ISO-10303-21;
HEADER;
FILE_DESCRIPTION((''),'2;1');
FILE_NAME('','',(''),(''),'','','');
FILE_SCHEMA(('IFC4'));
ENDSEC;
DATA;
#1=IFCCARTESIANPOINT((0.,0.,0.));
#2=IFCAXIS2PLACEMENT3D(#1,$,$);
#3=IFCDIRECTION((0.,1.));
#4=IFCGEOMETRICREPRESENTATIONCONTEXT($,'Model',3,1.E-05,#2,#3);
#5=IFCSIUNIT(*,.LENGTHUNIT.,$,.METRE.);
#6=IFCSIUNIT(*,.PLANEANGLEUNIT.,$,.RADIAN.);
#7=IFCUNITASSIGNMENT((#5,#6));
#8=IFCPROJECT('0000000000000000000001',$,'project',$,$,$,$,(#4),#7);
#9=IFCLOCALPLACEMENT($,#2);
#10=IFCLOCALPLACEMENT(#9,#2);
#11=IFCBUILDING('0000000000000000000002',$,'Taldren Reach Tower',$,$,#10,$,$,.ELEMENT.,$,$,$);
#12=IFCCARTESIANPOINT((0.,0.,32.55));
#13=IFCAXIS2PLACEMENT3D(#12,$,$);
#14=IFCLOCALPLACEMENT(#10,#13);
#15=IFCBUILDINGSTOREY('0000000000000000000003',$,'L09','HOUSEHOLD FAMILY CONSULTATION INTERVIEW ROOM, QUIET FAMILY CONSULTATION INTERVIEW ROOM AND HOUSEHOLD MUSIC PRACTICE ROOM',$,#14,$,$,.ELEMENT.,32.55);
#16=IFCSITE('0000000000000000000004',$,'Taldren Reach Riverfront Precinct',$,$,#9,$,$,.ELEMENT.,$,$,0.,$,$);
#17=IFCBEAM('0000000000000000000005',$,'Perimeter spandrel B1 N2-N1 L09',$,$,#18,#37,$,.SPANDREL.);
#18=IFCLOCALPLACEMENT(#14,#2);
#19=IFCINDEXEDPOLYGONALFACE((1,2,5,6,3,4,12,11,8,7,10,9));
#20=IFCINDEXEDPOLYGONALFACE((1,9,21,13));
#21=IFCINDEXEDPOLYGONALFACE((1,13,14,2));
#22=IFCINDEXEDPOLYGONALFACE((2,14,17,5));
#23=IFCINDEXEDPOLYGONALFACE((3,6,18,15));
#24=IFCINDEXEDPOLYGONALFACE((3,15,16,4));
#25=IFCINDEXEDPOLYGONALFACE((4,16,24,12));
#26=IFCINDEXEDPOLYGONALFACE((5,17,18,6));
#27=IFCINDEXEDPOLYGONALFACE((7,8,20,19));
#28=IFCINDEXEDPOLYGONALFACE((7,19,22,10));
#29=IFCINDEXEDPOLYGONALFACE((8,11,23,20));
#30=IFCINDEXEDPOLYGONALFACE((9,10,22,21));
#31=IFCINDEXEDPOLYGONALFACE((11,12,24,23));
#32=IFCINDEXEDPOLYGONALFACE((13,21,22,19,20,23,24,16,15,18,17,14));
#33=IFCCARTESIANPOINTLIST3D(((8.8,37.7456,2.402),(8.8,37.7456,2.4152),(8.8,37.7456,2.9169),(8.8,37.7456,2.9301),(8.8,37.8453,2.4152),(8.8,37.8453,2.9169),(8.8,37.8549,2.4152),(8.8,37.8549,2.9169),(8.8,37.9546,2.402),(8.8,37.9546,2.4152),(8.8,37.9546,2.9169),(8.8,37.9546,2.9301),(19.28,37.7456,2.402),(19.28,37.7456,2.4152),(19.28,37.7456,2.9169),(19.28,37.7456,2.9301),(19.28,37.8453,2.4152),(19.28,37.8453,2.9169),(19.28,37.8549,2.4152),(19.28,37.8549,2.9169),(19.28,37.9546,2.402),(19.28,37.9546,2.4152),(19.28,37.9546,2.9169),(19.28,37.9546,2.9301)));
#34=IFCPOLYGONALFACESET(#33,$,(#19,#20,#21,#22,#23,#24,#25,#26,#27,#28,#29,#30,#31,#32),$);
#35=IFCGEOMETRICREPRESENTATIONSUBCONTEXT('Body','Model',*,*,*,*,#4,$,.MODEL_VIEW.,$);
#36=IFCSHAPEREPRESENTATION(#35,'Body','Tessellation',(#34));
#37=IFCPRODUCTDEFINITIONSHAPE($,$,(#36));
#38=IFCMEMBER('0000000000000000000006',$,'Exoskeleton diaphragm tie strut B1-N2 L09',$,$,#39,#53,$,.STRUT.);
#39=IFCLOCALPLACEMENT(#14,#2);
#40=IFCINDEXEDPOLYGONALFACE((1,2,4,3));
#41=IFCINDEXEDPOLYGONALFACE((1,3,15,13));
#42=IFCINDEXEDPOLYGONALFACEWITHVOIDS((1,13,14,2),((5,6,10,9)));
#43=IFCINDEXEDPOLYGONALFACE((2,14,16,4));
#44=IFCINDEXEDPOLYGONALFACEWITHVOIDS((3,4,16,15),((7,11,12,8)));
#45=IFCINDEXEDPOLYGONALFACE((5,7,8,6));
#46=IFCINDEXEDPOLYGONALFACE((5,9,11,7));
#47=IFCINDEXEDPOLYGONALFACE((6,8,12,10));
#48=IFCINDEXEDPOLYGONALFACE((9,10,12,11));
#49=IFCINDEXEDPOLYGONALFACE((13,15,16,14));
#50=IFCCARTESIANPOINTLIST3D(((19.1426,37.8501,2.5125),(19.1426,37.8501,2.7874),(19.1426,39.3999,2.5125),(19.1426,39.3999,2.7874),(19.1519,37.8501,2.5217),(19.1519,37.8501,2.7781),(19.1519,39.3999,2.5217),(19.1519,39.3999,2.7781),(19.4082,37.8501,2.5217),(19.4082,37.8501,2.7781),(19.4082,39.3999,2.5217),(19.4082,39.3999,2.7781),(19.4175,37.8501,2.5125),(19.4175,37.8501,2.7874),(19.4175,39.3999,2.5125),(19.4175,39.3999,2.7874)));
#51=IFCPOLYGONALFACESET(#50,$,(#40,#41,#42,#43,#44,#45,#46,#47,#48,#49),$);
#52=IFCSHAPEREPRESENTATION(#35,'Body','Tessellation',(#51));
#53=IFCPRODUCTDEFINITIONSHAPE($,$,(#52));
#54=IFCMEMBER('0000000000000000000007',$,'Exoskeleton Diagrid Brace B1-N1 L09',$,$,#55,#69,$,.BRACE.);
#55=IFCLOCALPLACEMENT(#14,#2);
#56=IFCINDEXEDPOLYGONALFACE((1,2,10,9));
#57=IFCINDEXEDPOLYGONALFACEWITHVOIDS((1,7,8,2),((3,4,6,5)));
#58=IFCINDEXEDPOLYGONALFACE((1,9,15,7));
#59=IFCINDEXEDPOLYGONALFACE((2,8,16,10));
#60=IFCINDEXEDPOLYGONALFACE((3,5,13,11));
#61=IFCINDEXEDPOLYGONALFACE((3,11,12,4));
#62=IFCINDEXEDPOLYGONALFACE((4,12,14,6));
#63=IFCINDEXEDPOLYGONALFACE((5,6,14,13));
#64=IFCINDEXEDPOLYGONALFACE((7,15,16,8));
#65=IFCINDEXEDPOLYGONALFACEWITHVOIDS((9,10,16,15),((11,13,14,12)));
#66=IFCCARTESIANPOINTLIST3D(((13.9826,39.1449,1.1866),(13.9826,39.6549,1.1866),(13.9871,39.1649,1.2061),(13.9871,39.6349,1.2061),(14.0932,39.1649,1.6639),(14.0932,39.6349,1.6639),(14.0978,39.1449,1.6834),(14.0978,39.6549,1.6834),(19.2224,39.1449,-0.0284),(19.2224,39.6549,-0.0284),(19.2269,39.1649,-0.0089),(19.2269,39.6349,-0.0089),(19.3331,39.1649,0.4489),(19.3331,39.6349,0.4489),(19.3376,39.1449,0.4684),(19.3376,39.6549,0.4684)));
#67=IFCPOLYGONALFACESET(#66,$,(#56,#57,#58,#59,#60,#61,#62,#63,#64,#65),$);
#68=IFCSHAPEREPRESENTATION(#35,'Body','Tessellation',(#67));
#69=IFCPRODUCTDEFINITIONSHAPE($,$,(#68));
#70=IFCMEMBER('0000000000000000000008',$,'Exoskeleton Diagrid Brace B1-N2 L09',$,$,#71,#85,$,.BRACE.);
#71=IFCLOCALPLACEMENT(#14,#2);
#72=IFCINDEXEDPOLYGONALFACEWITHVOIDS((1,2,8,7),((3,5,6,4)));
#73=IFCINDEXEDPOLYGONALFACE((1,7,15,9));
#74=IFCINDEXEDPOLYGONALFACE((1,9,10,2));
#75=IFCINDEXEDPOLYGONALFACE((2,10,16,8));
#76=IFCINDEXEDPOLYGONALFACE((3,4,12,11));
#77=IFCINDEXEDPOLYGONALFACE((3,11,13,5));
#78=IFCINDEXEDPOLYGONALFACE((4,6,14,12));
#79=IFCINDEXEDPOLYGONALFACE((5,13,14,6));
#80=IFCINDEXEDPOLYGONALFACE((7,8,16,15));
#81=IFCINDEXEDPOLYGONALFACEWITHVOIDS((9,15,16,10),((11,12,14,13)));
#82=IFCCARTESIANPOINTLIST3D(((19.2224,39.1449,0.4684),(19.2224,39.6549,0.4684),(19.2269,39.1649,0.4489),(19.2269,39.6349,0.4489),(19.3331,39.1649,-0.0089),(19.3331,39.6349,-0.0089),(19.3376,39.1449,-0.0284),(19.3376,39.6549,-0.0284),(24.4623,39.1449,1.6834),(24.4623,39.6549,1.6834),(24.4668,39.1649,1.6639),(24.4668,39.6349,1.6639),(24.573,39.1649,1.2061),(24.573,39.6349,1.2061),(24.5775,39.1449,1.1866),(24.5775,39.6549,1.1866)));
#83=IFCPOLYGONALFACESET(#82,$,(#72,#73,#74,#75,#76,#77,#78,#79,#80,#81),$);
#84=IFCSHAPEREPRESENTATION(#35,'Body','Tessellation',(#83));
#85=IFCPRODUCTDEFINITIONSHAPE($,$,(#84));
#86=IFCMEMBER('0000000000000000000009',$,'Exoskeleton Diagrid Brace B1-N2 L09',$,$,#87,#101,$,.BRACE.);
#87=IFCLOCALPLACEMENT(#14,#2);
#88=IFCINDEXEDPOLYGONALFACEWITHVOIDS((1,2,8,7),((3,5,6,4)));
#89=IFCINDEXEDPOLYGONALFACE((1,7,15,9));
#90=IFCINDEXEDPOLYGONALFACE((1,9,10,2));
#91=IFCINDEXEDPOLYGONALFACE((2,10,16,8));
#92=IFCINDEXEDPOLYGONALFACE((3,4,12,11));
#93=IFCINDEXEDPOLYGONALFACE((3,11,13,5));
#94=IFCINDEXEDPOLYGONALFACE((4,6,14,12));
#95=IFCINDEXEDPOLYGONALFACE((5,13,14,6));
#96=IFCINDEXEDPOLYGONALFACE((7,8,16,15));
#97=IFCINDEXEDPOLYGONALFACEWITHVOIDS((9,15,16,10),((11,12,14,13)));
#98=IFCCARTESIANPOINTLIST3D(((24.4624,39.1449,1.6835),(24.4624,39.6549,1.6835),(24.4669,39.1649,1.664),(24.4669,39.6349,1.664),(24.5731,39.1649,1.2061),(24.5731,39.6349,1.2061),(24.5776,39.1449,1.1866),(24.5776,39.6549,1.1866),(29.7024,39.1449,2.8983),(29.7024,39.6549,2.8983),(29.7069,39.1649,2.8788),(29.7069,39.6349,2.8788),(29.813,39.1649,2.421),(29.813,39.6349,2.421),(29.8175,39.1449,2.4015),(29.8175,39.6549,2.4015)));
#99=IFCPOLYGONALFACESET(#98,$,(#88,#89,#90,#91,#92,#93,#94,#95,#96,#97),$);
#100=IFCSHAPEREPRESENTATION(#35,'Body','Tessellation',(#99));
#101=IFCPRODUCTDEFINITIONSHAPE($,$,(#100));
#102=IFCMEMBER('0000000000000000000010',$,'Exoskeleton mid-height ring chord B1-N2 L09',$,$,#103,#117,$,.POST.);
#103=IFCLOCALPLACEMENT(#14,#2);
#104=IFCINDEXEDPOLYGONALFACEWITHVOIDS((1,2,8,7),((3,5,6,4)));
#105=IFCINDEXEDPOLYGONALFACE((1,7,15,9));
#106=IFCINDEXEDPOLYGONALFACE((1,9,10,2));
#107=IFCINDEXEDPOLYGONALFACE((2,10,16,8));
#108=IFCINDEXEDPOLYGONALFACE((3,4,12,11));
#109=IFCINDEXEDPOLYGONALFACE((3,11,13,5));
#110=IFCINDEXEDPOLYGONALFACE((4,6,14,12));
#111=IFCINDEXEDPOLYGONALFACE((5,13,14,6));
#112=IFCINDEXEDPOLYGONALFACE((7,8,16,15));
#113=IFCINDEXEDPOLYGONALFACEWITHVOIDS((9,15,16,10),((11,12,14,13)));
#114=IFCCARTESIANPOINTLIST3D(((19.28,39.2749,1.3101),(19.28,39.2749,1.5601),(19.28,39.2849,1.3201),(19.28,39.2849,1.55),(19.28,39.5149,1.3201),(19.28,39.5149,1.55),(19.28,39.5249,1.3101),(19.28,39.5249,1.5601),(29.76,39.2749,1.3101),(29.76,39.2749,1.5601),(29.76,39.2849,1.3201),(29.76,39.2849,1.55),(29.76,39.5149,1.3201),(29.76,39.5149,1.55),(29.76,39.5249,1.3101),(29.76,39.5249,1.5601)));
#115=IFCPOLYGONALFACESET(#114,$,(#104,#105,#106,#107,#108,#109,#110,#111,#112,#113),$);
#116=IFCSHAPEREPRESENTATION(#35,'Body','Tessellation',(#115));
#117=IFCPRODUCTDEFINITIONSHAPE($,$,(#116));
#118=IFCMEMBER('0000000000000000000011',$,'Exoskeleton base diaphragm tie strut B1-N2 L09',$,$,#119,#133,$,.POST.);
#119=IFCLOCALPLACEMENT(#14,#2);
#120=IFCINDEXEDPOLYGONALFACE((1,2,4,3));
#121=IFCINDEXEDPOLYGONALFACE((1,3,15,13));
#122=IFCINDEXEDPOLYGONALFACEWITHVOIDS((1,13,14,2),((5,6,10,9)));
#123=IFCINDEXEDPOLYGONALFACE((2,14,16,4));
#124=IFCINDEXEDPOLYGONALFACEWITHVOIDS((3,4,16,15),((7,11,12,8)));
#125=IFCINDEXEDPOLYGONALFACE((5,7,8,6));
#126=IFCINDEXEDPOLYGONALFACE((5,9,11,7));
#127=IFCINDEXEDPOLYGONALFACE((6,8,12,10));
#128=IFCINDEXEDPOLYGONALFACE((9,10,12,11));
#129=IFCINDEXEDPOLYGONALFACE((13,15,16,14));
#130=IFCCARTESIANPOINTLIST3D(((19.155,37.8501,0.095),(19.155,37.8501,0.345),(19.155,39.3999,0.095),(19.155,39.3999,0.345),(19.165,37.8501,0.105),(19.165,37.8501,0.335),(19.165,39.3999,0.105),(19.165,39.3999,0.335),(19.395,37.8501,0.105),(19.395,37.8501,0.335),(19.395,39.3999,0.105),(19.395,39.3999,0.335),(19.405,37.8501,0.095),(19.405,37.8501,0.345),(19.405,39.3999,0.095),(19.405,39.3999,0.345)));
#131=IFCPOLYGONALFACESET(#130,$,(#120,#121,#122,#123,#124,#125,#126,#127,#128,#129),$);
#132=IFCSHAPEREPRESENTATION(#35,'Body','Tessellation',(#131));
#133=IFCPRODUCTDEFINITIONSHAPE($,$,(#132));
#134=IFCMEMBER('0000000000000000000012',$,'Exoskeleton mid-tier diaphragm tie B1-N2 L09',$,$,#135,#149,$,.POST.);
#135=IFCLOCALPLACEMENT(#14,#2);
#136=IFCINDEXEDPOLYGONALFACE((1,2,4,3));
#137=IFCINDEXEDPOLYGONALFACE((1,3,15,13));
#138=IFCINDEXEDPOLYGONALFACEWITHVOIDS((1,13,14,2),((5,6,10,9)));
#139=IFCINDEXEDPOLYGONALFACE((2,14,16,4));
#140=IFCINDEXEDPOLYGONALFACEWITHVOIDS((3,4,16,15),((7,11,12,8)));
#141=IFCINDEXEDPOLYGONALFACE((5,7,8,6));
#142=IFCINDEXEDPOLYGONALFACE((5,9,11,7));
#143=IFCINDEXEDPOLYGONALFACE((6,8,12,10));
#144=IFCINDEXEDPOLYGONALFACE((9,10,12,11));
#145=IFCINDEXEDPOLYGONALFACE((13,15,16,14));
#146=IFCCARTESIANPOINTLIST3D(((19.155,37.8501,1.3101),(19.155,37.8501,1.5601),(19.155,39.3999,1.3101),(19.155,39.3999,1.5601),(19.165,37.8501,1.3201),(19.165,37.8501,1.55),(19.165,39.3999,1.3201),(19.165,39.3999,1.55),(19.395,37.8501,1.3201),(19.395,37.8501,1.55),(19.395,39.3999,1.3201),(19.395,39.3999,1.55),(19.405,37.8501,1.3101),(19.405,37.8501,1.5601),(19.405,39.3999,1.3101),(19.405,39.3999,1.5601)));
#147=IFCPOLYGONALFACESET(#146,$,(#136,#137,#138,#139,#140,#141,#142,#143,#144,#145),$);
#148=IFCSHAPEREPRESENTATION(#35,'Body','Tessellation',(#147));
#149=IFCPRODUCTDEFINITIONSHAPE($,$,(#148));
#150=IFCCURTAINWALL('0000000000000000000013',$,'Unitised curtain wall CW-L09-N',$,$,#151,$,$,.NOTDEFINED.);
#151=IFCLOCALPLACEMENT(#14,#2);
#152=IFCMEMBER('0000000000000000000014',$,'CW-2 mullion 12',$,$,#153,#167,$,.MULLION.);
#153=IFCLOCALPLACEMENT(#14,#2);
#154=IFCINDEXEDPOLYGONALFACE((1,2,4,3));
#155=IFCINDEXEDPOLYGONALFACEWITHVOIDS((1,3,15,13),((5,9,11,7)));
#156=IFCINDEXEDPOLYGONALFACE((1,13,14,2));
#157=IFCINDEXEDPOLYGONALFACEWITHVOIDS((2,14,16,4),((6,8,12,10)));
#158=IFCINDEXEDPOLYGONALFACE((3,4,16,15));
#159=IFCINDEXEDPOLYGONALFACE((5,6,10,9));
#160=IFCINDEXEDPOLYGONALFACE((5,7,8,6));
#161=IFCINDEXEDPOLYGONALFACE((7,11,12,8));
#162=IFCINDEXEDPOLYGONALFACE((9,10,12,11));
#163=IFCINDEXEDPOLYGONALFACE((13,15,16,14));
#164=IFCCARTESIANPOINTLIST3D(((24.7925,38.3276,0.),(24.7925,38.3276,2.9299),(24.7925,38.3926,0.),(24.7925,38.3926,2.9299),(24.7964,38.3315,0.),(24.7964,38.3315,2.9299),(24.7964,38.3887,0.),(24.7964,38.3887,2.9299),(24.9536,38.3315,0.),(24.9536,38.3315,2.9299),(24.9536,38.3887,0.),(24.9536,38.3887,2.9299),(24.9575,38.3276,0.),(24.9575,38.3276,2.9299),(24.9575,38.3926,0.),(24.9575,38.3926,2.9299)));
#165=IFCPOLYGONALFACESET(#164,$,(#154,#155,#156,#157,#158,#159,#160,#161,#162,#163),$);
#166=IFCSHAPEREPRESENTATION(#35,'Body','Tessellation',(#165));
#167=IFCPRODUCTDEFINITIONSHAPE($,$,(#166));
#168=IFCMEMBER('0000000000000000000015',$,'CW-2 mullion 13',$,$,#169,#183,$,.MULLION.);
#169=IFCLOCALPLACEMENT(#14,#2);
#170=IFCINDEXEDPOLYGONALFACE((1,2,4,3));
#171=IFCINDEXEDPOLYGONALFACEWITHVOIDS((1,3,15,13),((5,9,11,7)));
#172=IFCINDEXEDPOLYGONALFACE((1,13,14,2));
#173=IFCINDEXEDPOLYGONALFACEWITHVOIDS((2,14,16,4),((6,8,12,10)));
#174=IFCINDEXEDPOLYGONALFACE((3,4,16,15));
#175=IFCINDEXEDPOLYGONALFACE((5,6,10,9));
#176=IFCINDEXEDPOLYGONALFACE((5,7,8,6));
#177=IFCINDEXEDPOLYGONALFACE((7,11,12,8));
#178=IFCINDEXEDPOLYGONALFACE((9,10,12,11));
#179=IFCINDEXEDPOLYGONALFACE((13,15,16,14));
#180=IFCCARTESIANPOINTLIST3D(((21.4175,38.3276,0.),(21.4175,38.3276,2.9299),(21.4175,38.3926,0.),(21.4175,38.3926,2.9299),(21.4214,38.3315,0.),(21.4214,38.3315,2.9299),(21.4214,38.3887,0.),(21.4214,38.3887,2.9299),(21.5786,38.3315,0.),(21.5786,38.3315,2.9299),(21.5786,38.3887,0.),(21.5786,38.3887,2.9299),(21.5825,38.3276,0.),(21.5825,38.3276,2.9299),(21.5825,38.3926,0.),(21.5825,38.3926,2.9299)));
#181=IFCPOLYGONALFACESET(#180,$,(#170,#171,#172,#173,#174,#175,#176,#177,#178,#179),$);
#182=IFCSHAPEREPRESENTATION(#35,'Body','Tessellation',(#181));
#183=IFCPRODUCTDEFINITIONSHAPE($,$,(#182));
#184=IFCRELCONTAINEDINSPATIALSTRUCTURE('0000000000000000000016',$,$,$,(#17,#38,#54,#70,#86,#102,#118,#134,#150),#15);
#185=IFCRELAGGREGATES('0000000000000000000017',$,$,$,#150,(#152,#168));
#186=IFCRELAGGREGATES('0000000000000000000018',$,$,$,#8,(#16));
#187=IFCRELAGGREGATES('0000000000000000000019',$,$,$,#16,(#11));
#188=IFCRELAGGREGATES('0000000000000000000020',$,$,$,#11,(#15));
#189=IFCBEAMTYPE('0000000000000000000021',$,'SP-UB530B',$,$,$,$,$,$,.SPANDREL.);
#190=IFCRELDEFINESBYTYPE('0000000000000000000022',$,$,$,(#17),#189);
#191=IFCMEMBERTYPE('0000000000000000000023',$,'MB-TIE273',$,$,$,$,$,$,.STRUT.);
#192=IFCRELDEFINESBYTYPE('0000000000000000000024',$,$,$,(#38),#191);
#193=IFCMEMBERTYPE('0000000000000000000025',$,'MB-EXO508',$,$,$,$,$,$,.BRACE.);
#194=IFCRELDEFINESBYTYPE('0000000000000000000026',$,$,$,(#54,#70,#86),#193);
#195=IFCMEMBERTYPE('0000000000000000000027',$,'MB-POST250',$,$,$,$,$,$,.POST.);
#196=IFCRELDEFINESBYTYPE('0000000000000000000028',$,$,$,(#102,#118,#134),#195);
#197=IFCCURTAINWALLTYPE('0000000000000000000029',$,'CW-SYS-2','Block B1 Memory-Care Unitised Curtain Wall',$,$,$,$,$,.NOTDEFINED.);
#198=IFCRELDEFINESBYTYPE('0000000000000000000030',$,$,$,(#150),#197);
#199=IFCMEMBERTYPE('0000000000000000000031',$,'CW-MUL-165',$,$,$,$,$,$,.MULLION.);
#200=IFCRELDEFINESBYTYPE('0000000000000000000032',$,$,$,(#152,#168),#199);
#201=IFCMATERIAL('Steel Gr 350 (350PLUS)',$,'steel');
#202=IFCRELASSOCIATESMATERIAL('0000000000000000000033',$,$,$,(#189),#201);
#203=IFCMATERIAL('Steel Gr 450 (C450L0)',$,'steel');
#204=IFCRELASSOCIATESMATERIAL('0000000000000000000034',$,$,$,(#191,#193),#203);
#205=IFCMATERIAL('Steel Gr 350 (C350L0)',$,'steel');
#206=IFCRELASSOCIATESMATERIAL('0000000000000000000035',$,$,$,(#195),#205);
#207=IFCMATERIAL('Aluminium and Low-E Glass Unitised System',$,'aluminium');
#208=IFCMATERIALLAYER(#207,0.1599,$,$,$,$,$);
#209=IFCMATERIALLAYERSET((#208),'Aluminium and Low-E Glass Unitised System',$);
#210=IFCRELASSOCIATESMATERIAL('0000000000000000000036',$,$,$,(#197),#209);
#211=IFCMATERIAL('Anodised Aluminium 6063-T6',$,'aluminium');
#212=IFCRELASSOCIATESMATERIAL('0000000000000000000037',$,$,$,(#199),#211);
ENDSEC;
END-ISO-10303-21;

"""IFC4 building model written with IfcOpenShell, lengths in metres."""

from ifc_helpers import new_model, si_unit, direction, frame, origin, origin_2d, place, context, subcontext, project, spatial, hollow_rectangle, i_section, extrude, source, transform, mapped, material, layer, layer_set, material_profile, profile_set, type_object, element, aggregate, save


model = new_model("IFC4")

# Units and contexts
model_context = context("Model", 3, precision=1e-05, world=origin(), true_north=direction((0.0, 1.0)))
body_context = subcontext(model_context, "Body", "Model", "MODEL_VIEW")
ifc_project = project(units=[si_unit("LENGTHUNIT", "METRE"), si_unit("PLANEANGLEUNIT", "RADIAN")], contexts=[model_context])

# Site, building, storey
site_placement = place(None, origin())
site = spatial("IfcSite", under=ifc_project, at=site_placement, Name="Taldren Reach Riverfront Precinct", CompositionType="ELEMENT", RefElevation=0.0)
building_placement = place(site_placement, origin())
building = spatial("IfcBuilding", under=site, at=building_placement, Name="Taldren Reach Tower", CompositionType="ELEMENT")
storey_placement = place(building_placement, frame((0.0, 0.0, 32.55)))
storey = spatial("IfcBuildingStorey", under=building, at=storey_placement, Name="L09", Description="HOUSEHOLD FAMILY CONSULTATION INTERVIEW ROOM, QUIET FAMILY CONSULTATION INTERVIEW ROOM AND HOUSEHOLD MUSIC PRACTICE ROOM", CompositionType="ELEMENT", Elevation=32.55)

# Beam
ifc_material_1 = material(Name="Steel Gr 350 (350PLUS)", Category="steel")
ifc_material_profile_1 = material_profile(ifc_material_1, i_section(OverallWidth=0.209, OverallDepth=0.5281, WebThickness=0.0095, FlangeThickness=0.0132, at=origin_2d()), Name="530UB82.0")
ifc_profile_set_1 = profile_set([ifc_material_profile_1], Name="Steel Gr 350 (350PLUS)")
beam_type = type_object("IfcBeamType", Name="SP-UB530B", PredefinedType="SPANDREL", material=ifc_profile_set_1)
shared_shape_1 = source(origin(), body_context, "Body", "SweptSolid", [
    extrude(i_section(OverallWidth=0.209, OverallDepth=0.5281, WebThickness=0.0095, FlangeThickness=0.0132, at=origin_2d()), origin(), (0.0, 0.0, 1.0), 10.48),
])
beam_placement = place(storey_placement, frame((19.28, 37.8501, 2.666), z_axis=(-1.0, 0.0, 0.0), x_axis=(0.0, -1.0, 0.0)))
element("IfcBeam", 1, at=beam_placement, inside=storey, type_object=beam_type, Name="Perimeter spandrel B1 N2-N1 L09", PredefinedType="SPANDREL", context=body_context, shape_type="MappedRepresentation", body=[
    mapped(shared_shape_1, transform((0.0, 0.0, 0.0), scale=1.0)),
])

# Members
ifc_material_2 = material(Name="Steel Gr 450 (C450L0)", Category="steel")
ifc_material_profile_2 = material_profile(ifc_material_2, hollow_rectangle(XDim=0.2749, YDim=0.2749, WallThickness=0.0093, at=origin_2d()), Name="275x275x9.3SHS")
ifc_profile_set_2 = profile_set([ifc_material_profile_2], Name="Steel Gr 450 (C450L0)")
member_type_1 = type_object("IfcMemberType", Name="MB-TIE273", PredefinedType="STRUT", material=ifc_profile_set_2)
shared_shape_2 = source(origin(), body_context, "Body", "SweptSolid", [
    extrude(hollow_rectangle(XDim=0.2749, YDim=0.2749, WallThickness=0.0093, at=origin_2d()), origin(), (0.0, 0.0, 1.0), 1.5498),
])
member_1_placement = place(storey_placement, frame((19.28, 37.8501, 2.6499), z_axis=(0.0, 1.0, 0.0), x_axis=(-1.0, 0.0, 0.0)))
element("IfcMember", 2, at=member_1_placement, inside=storey, type_object=member_type_1, Name="Exoskeleton diaphragm tie strut B1-N2 L09", PredefinedType="STRUT", context=body_context, shape_type="MappedRepresentation", body=[
    mapped(shared_shape_2, transform((0.0, 0.0, 0.0), scale=1.0)),
])
ifc_material_profile_3 = material_profile(ifc_material_2, hollow_rectangle(XDim=0.51, YDim=0.51, WallThickness=0.02, at=origin_2d()), Name="510x510x20.0SHS")
ifc_profile_set_3 = profile_set([ifc_material_profile_3], Name="Steel Gr 450 (C450L0)")
member_type_2 = type_object("IfcMemberType", Name="MB-EXO508", PredefinedType="BRACE", material=ifc_profile_set_3)
shared_shape_3 = source(origin(), body_context, "Body", "SweptSolid", [
    extrude(hollow_rectangle(XDim=0.51, YDim=0.51, WallThickness=0.02, at=origin_2d()), origin(), (0.0, 0.0, 1.0), 5.3789),
])
for number, where, z_axis, x_axis, name in (
    (3, (19.28, 39.3999, 0.22), (-0.974152, 0.0, 0.225894), (0.0, -1.0, 0.0), "Exoskeleton Diagrid Brace B1-N1 L09"),
    (4, (19.28, 39.3999, 0.22), (0.974152, 0.0, 0.225894), (0.0, 1.0, 0.0), "Exoskeleton Diagrid Brace B1-N2 L09"),
    (5, (24.52, 39.3999, 1.4351), (0.974162, 0.0, 0.225851), (0.0, 1.0, 0.0), "Exoskeleton Diagrid Brace B1-N2 L09"),
):
    element("IfcMember", number, at=place(storey_placement, frame(where, z_axis=z_axis, x_axis=x_axis)), inside=storey, type_object=member_type_2, Name=name, PredefinedType="BRACE", context=body_context, shape_type="MappedRepresentation", body=[
        mapped(shared_shape_3, transform((0.0, 0.0, 0.0), scale=1.0)),
    ])
ifc_material_3 = material(Name="Steel Gr 350 (C350L0)", Category="steel")
ifc_material_profile_4 = material_profile(ifc_material_3, hollow_rectangle(XDim=0.25, YDim=0.25, WallThickness=0.01, at=origin_2d()), Name="250x250x10.0SHS")
ifc_profile_set_4 = profile_set([ifc_material_profile_4], Name="Steel Gr 350 (C350L0)")
member_type_3 = type_object("IfcMemberType", Name="MB-POST250", PredefinedType="POST", material=ifc_profile_set_4)
shared_shape_4 = source(origin(), body_context, "Body", "SweptSolid", [
    extrude(hollow_rectangle(XDim=0.25, YDim=0.25, WallThickness=0.01, at=origin_2d()), origin(), (0.0, 0.0, 1.0), 10.48),
])
member_2_placement = place(storey_placement, frame((19.28, 39.3999, 1.4351), z_axis=(1.0, 0.0, 0.0), x_axis=(0.0, 1.0, 0.0)))
element("IfcMember", 6, at=member_2_placement, inside=storey, type_object=member_type_3, Name="Exoskeleton mid-height ring chord B1-N2 L09", PredefinedType="POST", context=body_context, shape_type="MappedRepresentation", body=[
    mapped(shared_shape_4, transform((0.0, 0.0, 0.0), scale=1.0)),
])
shared_shape_5 = source(origin(), body_context, "Body", "SweptSolid", [
    extrude(hollow_rectangle(XDim=0.25, YDim=0.25, WallThickness=0.01, at=origin_2d()), origin(), (0.0, 0.0, 1.0), 1.5498),
])
for number, where, z_axis, x_axis, name in (
    (7, (19.28, 37.8501, 0.22), (0.0, 1.0, 0.0), (-1.0, 0.0, 0.0), "Exoskeleton base diaphragm tie strut B1-N2 L09"),
    (8, (19.28, 37.8501, 1.4351), (0.0, 1.0, 0.0), (-1.0, 0.0, 0.0), "Exoskeleton mid-tier diaphragm tie B1-N2 L09"),
):
    element("IfcMember", number, at=place(storey_placement, frame(where, z_axis=z_axis, x_axis=x_axis)), inside=storey, type_object=member_type_3, Name=name, PredefinedType="POST", context=body_context, shape_type="MappedRepresentation", body=[
        mapped(shared_shape_5, transform((0.0, 0.0, 0.0), scale=1.0)),
    ])

# Curtain wall, members
ifc_material_4 = material(Name="Aluminium and Low-E Glass Unitised System", Category="aluminium")
ifc_layer_1 = layer(ifc_material_4, 0.1599)
ifc_layer_set_1 = layer_set([ifc_layer_1], Name="Aluminium and Low-E Glass Unitised System")
curtain_wall_type = type_object("IfcCurtainWallType", Name="CW-SYS-2", Description="Block B1 Memory-Care Unitised Curtain Wall", PredefinedType="NOTDEFINED", material=ifc_layer_set_1)
curtain_wall_placement = place(storey_placement, origin())
curtain_wall = element("IfcCurtainWall", 9, at=curtain_wall_placement, inside=storey, type_object=curtain_wall_type, Name="Unitised curtain wall CW-L09-N", PredefinedType="NOTDEFINED")
ifc_material_5 = material(Name="Anodised Aluminium 6063-T6", Category="aluminium")
ifc_material_profile_5 = material_profile(ifc_material_5, hollow_rectangle(XDim=0.0649, YDim=0.165, WallThickness=0.0039, at=origin_2d()), Name="ALU-165x65x4RHS")
ifc_profile_set_5 = profile_set([ifc_material_profile_5], Name="Anodised Aluminium 6063-T6")
member_type_4 = type_object("IfcMemberType", Name="CW-MUL-165", PredefinedType="MULLION", material=ifc_profile_set_5)
shared_shape_6 = source(origin(), body_context, "Body", "SweptSolid", [
    extrude(hollow_rectangle(XDim=0.0649, YDim=0.165, WallThickness=0.0039, at=origin_2d()), origin(), (0.0, 0.0, 1.0), 2.9299),
])
member_3_placement = place(storey_placement, frame((24.875, 38.3601, 0.0), z_axis=(0.0, 0.0, 1.0), x_axis=(0.0, -1.0, 0.0)))
member_3 = element("IfcMember", 10, at=member_3_placement, type_object=member_type_4, Name="CW-2 mullion 12", PredefinedType="MULLION", context=body_context, shape_type="MappedRepresentation", body=[
    mapped(shared_shape_6, transform((0.0, 0.0, 0.0), scale=1.0)),
])
member_4_placement = place(storey_placement, frame((21.5, 38.3601, 0.0), z_axis=(0.0, 0.0, 1.0), x_axis=(0.0, -1.0, 0.0)))
member_4 = element("IfcMember", 11, at=member_4_placement, type_object=member_type_4, Name="CW-2 mullion 13", PredefinedType="MULLION", context=body_context, shape_type="MappedRepresentation", body=[
    mapped(shared_shape_6, transform((0.0, 0.0, 0.0), scale=1.0)),
])

aggregate(curtain_wall, [member_3, member_4])

save(model, "model.ifc")
